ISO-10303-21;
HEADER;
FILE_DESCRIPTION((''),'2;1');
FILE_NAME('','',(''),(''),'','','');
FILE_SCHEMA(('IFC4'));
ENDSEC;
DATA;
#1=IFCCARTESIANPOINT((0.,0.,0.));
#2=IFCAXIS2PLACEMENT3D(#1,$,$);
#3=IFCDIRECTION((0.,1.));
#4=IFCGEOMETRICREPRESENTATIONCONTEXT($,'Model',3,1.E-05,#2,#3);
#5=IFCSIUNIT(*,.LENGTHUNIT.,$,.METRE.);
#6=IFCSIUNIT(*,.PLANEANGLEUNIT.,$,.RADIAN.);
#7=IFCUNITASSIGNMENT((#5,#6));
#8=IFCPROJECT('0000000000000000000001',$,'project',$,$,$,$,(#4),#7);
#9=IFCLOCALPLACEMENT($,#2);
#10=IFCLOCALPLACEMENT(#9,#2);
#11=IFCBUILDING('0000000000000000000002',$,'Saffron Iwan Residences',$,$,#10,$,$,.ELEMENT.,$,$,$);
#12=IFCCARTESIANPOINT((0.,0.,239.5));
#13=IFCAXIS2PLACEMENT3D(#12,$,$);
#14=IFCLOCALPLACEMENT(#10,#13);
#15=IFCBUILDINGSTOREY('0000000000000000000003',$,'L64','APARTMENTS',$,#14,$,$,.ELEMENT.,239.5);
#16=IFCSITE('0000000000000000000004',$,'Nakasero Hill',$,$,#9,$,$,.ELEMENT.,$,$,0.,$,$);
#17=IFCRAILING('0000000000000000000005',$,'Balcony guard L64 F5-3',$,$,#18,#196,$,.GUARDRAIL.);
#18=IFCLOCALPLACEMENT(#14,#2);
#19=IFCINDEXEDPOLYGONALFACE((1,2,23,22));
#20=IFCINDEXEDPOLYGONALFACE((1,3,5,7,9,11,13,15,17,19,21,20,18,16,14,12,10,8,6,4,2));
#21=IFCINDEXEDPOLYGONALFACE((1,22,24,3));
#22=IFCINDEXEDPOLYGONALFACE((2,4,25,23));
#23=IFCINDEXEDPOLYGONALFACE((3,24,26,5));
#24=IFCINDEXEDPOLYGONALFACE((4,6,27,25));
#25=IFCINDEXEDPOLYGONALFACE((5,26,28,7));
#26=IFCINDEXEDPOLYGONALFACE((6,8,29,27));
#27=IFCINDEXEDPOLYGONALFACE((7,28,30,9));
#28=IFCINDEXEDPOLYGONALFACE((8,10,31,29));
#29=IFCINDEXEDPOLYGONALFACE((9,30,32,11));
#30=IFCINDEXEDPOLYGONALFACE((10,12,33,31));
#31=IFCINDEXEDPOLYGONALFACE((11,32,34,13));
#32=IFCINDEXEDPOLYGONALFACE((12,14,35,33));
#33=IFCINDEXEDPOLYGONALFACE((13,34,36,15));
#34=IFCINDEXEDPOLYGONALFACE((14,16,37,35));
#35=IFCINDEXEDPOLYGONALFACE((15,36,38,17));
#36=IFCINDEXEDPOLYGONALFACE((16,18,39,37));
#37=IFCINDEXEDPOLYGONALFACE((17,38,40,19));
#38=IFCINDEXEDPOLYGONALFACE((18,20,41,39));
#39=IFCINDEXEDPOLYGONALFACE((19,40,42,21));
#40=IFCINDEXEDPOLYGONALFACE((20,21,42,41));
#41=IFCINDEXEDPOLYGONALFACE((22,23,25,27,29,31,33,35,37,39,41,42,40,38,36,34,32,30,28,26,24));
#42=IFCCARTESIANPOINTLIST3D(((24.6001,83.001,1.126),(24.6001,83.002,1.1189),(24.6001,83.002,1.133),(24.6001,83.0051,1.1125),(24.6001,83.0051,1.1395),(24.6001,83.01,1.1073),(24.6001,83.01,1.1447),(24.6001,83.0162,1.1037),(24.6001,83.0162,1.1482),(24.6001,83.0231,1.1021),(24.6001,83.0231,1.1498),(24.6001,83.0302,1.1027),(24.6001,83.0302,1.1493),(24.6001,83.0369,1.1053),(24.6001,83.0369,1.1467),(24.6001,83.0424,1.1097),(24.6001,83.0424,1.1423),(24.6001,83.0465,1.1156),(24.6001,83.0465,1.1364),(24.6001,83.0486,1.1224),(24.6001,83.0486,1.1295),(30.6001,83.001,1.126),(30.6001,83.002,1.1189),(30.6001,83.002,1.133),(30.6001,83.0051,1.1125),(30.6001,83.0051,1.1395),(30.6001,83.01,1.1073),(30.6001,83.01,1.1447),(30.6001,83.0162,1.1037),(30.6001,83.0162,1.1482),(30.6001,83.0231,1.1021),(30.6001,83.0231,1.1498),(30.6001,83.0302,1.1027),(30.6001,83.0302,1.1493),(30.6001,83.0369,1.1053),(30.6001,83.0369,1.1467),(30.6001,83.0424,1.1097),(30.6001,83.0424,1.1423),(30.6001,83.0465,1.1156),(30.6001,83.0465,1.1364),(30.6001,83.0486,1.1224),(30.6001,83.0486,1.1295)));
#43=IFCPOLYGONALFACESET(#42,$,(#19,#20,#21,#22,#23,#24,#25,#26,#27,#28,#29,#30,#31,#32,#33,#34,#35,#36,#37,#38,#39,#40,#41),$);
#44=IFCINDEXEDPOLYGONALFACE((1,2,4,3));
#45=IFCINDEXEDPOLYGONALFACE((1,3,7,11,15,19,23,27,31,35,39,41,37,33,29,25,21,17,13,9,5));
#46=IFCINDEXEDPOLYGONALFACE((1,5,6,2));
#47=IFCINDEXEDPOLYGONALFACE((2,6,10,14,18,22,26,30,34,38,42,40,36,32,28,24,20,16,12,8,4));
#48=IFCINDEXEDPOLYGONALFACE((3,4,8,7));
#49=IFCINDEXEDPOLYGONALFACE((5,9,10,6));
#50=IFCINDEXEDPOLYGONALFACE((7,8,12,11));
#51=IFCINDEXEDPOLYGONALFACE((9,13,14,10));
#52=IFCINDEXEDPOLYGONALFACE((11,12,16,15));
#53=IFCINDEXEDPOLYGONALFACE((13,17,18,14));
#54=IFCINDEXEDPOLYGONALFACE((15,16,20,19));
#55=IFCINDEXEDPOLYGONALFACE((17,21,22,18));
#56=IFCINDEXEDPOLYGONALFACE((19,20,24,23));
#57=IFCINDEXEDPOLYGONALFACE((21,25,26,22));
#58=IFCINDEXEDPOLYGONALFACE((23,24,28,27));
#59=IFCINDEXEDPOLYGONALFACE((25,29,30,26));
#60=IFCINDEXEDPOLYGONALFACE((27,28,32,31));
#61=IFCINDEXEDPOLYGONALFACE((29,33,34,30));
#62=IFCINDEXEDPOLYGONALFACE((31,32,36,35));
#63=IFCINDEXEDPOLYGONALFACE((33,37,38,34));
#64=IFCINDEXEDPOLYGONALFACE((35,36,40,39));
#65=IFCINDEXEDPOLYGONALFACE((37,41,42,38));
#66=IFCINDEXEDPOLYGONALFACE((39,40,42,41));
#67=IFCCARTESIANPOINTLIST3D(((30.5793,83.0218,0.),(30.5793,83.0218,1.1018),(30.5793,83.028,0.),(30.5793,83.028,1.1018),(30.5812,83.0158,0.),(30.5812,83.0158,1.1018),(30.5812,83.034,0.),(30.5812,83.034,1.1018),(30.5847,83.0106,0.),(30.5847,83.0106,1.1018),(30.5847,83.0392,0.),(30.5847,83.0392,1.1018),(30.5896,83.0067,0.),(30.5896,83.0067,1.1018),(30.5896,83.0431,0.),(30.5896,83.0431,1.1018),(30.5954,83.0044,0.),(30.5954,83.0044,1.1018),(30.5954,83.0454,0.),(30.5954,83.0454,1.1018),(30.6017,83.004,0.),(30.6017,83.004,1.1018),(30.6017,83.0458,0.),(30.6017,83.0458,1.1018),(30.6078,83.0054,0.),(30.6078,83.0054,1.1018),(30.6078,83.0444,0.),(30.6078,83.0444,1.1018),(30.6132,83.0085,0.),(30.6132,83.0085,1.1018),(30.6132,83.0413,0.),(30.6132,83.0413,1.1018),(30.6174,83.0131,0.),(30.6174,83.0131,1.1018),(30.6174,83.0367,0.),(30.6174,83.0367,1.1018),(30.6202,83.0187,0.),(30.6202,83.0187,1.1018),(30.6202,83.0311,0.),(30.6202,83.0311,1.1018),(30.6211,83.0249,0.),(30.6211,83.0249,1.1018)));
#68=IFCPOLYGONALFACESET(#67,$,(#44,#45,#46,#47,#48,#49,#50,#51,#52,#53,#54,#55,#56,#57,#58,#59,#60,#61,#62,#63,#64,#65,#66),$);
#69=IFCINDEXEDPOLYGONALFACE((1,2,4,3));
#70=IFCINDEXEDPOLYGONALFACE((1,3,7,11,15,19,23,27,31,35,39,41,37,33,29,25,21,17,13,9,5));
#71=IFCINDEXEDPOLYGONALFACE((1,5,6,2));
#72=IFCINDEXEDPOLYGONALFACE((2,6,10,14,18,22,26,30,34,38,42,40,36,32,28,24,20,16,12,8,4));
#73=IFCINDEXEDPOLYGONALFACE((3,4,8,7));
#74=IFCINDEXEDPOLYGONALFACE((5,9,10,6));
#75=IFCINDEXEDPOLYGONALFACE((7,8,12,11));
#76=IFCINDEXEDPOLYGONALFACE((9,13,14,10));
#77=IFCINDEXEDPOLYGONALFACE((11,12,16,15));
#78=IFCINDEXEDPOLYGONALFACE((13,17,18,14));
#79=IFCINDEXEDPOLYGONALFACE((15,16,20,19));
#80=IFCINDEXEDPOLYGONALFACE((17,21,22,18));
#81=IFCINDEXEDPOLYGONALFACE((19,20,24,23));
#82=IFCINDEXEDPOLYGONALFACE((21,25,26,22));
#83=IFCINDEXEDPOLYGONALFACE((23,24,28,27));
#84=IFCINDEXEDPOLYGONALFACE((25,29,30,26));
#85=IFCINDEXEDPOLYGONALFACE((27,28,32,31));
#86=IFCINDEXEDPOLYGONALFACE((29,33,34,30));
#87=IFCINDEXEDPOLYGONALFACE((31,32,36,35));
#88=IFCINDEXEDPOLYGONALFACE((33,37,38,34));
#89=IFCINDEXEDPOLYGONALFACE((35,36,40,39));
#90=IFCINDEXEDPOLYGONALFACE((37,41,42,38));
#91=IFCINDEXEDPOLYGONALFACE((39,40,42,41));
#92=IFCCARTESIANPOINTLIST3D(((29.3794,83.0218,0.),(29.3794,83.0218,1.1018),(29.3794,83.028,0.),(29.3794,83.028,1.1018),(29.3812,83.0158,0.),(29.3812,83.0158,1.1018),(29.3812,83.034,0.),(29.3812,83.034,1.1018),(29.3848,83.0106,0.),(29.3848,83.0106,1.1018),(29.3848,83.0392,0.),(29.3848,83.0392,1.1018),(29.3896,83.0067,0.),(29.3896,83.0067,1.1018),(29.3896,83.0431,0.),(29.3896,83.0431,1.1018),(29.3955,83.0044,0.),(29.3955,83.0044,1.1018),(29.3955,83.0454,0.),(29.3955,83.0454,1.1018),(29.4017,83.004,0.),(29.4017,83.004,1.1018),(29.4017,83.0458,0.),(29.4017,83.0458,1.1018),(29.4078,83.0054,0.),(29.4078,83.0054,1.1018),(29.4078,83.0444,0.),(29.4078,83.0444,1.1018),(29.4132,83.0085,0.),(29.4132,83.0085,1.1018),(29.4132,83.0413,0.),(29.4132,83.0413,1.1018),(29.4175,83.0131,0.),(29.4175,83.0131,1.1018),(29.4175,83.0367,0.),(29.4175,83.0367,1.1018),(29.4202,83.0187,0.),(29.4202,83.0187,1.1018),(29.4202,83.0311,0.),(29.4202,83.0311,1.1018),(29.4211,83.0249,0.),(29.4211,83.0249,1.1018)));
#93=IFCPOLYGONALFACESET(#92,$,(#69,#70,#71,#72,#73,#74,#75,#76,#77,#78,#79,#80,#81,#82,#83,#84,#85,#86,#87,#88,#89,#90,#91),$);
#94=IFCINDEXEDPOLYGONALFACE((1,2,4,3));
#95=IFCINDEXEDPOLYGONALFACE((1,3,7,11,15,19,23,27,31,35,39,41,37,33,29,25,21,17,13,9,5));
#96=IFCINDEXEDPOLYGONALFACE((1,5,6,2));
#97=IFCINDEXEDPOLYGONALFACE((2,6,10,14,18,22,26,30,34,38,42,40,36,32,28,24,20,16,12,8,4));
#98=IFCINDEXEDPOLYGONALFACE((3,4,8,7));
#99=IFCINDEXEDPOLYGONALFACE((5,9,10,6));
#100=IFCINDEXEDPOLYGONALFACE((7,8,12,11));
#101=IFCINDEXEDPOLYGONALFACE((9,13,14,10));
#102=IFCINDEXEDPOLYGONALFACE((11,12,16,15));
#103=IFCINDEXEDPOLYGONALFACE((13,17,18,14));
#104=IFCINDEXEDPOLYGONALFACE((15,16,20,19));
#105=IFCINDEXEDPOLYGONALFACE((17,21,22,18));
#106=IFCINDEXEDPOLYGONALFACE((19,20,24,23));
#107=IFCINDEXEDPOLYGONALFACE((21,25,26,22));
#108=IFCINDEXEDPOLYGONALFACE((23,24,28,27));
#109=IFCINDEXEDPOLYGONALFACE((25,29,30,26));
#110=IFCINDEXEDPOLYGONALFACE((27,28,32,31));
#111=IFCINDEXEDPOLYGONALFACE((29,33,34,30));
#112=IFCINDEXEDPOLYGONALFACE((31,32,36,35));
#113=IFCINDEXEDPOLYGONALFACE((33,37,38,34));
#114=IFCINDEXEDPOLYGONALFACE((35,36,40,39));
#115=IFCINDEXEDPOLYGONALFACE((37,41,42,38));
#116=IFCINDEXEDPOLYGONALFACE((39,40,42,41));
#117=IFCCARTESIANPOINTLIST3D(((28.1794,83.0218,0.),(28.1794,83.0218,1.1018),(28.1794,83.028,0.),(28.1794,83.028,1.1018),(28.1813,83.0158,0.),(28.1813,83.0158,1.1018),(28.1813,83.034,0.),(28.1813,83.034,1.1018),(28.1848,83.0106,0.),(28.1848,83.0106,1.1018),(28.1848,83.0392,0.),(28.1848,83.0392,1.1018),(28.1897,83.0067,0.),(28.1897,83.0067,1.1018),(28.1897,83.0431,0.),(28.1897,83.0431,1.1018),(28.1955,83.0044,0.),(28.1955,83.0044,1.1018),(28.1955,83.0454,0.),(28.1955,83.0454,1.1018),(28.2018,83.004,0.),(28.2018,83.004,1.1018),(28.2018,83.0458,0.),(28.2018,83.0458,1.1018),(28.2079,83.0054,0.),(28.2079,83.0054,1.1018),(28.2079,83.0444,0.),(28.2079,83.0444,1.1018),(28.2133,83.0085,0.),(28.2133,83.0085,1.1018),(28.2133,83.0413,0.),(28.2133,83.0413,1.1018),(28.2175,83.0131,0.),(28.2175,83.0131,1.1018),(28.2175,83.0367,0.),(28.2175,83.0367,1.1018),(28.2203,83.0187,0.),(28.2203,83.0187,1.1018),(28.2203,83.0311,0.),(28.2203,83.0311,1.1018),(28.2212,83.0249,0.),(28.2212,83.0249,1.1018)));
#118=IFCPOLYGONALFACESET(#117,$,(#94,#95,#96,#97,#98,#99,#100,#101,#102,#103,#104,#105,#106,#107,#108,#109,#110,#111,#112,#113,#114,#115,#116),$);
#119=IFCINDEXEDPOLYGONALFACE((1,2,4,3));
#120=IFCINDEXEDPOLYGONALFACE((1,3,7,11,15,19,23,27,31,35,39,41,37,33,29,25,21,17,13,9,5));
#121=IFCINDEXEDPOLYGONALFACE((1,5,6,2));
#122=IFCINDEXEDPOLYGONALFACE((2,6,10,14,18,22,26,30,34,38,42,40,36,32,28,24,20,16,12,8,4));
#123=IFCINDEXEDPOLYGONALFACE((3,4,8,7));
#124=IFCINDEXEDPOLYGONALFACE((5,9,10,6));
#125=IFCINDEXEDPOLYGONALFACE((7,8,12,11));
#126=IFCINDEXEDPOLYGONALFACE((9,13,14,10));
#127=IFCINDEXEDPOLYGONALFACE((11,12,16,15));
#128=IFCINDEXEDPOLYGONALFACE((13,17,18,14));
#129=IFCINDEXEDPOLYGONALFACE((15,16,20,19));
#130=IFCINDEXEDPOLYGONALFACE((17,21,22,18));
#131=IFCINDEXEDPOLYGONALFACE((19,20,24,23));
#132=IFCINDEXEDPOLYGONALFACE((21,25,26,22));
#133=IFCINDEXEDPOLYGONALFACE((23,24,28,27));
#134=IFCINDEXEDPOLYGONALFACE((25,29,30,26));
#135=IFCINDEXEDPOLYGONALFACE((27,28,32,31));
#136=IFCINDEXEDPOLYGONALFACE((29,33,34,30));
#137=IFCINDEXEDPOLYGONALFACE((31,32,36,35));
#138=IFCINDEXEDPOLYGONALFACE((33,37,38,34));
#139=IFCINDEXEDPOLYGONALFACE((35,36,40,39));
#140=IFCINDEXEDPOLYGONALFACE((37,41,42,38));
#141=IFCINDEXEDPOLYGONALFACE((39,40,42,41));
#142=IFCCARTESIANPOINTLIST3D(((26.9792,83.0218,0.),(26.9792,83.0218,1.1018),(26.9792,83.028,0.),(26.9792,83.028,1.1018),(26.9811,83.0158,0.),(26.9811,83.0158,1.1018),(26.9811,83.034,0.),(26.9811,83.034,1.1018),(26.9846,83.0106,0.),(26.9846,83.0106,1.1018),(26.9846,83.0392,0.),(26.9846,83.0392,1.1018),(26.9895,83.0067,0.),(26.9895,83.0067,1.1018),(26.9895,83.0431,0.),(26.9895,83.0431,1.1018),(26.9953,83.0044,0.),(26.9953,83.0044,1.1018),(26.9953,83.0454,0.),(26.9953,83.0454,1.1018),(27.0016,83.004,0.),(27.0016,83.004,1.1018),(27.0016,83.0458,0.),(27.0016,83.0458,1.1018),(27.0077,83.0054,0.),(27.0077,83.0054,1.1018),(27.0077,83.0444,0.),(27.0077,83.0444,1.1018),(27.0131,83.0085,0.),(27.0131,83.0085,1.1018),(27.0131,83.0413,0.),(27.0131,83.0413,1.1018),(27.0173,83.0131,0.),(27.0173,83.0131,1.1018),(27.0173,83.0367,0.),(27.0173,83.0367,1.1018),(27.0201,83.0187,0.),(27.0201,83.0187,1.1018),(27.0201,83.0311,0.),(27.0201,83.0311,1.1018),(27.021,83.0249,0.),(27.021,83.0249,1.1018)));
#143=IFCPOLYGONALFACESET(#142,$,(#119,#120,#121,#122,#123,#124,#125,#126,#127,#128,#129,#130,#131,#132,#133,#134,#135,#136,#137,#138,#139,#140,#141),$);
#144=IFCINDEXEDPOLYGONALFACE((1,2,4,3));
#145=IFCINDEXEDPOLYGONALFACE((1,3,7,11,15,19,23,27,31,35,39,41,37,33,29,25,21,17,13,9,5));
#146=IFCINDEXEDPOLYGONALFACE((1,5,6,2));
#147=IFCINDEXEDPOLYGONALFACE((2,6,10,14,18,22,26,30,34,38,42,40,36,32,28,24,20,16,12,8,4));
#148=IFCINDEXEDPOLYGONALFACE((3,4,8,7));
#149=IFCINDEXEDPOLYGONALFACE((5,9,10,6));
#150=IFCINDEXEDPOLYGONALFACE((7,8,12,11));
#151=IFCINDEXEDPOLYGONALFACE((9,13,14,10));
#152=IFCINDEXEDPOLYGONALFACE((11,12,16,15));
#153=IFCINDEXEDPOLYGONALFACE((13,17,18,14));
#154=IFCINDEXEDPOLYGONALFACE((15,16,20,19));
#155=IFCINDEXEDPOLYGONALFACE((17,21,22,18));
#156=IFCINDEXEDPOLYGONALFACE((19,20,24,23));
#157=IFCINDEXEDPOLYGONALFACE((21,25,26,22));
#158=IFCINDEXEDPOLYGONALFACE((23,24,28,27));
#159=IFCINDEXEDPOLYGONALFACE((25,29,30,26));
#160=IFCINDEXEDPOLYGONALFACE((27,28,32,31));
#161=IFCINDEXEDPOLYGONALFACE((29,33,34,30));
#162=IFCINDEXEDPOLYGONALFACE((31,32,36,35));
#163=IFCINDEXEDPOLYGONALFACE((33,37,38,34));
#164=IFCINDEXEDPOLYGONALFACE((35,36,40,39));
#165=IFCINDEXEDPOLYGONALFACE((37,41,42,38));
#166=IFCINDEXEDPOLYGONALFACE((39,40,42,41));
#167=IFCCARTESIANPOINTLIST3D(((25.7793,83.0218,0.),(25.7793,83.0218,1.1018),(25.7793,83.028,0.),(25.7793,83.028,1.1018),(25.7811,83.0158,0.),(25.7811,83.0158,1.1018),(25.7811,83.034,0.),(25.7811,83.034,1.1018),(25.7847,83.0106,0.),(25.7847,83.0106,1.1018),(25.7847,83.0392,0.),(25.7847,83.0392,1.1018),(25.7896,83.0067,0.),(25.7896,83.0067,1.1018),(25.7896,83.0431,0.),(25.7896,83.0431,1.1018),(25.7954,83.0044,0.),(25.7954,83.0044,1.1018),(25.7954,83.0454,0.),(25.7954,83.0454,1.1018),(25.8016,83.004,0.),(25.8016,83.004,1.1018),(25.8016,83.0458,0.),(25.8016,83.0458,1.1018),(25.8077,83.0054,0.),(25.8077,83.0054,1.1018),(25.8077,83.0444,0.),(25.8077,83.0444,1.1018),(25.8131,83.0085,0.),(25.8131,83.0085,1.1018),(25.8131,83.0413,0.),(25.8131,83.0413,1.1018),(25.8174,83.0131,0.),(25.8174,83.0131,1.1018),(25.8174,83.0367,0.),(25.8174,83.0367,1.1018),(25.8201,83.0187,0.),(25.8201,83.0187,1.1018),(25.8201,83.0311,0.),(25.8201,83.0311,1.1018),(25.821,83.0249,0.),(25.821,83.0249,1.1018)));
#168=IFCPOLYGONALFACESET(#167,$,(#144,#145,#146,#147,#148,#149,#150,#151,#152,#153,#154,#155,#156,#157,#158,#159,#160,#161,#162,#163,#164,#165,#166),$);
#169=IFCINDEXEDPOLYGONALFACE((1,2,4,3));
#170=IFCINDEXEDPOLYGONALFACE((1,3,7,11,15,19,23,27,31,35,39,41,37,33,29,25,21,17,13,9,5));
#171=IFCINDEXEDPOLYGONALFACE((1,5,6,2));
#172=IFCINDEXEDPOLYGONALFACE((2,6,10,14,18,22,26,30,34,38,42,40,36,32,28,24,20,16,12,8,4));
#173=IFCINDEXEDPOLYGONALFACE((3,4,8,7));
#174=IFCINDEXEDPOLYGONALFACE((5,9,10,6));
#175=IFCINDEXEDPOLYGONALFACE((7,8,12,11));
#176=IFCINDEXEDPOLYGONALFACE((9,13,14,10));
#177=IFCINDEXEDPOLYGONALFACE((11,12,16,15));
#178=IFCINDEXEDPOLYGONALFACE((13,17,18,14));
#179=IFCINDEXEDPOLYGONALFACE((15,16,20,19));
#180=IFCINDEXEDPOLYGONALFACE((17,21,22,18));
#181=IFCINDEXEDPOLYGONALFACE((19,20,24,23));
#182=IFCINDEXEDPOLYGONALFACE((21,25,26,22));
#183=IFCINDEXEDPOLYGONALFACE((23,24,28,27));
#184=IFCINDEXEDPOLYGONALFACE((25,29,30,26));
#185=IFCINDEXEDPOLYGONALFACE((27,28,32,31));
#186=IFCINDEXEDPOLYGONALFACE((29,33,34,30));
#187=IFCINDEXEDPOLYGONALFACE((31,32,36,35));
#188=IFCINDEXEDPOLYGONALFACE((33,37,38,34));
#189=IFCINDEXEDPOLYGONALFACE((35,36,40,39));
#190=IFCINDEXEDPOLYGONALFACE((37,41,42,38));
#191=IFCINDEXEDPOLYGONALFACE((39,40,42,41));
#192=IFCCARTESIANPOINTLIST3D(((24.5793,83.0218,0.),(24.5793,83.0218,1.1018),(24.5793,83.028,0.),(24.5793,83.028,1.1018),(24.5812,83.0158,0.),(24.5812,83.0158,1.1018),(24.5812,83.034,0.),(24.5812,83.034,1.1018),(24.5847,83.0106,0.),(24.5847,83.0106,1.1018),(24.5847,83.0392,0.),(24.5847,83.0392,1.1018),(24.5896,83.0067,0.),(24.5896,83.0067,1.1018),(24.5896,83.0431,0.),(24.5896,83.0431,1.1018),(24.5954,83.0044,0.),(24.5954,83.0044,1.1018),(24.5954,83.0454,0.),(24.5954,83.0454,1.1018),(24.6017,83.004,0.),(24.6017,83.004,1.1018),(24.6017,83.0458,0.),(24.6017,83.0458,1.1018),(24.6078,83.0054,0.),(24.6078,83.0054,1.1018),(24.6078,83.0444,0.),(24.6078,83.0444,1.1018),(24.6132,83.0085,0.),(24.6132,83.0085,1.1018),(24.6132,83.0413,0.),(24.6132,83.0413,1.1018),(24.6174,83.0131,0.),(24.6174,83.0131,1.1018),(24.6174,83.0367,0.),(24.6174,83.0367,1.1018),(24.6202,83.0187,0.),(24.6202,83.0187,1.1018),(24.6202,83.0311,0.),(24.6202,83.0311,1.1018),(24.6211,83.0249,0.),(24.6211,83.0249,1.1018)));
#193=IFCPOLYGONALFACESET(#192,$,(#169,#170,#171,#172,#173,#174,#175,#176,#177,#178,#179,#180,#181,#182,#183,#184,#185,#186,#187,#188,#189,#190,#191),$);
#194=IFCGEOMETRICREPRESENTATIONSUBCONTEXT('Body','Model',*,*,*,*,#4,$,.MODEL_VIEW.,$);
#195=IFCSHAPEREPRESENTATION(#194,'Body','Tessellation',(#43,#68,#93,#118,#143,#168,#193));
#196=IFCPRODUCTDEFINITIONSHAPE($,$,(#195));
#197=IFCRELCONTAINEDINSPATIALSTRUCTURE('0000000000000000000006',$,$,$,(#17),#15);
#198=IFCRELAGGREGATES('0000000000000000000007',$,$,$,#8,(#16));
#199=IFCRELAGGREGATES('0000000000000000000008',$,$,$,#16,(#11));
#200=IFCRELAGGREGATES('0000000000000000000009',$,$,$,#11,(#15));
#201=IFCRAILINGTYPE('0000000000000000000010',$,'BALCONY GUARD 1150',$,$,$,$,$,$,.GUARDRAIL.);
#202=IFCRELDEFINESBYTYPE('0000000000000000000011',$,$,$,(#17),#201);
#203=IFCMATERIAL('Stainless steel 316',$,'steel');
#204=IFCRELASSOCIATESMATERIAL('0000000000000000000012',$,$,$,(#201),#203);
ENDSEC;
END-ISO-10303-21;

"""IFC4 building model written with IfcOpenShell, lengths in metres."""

from ifc_helpers import new_model, si_unit, direction, frame, origin, origin_2d, place, context, subcontext, project, spatial, circle, extrude, material, type_object, element, save


model = new_model("IFC4")

# Units and contexts
model_context = context("Model", 3, precision=1e-05, world=origin(), true_north=direction((0.0, 1.0)))
body_context = subcontext(model_context, "Body", "Model", "MODEL_VIEW")
ifc_project = project(units=[si_unit("LENGTHUNIT", "METRE"), si_unit("PLANEANGLEUNIT", "RADIAN")], contexts=[model_context])

# Site, building, storey
site_placement = place(None, origin())
site = spatial("IfcSite", under=ifc_project, at=site_placement, Name="Nakasero Hill", CompositionType="ELEMENT", RefElevation=0.0)
building_placement = place(site_placement, origin())
building = spatial("IfcBuilding", under=site, at=building_placement, Name="Saffron Iwan Residences", CompositionType="ELEMENT")
storey_placement = place(building_placement, frame((0.0, 0.0, 239.5)))
storey = spatial("IfcBuildingStorey", under=building, at=storey_placement, Name="L64", Description="APARTMENTS", CompositionType="ELEMENT", Elevation=239.5)

# Railing
ifc_material_1 = material(Name="Stainless steel 316", Category="steel")
railing_type = type_object("IfcRailingType", Name="BALCONY GUARD 1150", PredefinedType="GUARDRAIL", material=ifc_material_1)
railing_placement = place(storey_placement, frame((30.6001, 83.0249, 0.0)))
element("IfcRailing", 1, at=railing_placement, inside=storey, type_object=railing_type, Name="Balcony guard L64 F5-3", PredefinedType="GUARDRAIL", context=body_context, shape_type="SweptSolid", body=[
    extrude(circle(Radius=0.0239, at=origin_2d()), frame((0.0, 0.0, 1.126), z_axis=(-1.0, 0.0, 0.0), x_axis=(0.0, -1.0, 0.0)), (0.0, 0.0, 1.0), 6.0),
    extrude(circle(Radius=0.021, at=origin_2d()), origin(), (0.0, 0.0, 1.0), 1.1018),
    extrude(circle(Radius=0.021, at=origin_2d()), frame((-1.2, 0.0, 0.0)), (0.0, 0.0, 1.0), 1.1018),
    extrude(circle(Radius=0.021, at=origin_2d()), frame((-2.3999, 0.0, 0.0)), (0.0, 0.0, 1.0), 1.1018),
    extrude(circle(Radius=0.021, at=origin_2d()), frame((-3.6001, 0.0, 0.0)), (0.0, 0.0, 1.0), 1.1018),
    extrude(circle(Radius=0.021, at=origin_2d()), frame((-4.8, 0.0, 0.0)), (0.0, 0.0, 1.0), 1.1018),
    extrude(circle(Radius=0.021, at=origin_2d()), frame((-6.0, 0.0, 0.0)), (0.0, 0.0, 1.0), 1.1018),
])

save(model, "model.ifc")
